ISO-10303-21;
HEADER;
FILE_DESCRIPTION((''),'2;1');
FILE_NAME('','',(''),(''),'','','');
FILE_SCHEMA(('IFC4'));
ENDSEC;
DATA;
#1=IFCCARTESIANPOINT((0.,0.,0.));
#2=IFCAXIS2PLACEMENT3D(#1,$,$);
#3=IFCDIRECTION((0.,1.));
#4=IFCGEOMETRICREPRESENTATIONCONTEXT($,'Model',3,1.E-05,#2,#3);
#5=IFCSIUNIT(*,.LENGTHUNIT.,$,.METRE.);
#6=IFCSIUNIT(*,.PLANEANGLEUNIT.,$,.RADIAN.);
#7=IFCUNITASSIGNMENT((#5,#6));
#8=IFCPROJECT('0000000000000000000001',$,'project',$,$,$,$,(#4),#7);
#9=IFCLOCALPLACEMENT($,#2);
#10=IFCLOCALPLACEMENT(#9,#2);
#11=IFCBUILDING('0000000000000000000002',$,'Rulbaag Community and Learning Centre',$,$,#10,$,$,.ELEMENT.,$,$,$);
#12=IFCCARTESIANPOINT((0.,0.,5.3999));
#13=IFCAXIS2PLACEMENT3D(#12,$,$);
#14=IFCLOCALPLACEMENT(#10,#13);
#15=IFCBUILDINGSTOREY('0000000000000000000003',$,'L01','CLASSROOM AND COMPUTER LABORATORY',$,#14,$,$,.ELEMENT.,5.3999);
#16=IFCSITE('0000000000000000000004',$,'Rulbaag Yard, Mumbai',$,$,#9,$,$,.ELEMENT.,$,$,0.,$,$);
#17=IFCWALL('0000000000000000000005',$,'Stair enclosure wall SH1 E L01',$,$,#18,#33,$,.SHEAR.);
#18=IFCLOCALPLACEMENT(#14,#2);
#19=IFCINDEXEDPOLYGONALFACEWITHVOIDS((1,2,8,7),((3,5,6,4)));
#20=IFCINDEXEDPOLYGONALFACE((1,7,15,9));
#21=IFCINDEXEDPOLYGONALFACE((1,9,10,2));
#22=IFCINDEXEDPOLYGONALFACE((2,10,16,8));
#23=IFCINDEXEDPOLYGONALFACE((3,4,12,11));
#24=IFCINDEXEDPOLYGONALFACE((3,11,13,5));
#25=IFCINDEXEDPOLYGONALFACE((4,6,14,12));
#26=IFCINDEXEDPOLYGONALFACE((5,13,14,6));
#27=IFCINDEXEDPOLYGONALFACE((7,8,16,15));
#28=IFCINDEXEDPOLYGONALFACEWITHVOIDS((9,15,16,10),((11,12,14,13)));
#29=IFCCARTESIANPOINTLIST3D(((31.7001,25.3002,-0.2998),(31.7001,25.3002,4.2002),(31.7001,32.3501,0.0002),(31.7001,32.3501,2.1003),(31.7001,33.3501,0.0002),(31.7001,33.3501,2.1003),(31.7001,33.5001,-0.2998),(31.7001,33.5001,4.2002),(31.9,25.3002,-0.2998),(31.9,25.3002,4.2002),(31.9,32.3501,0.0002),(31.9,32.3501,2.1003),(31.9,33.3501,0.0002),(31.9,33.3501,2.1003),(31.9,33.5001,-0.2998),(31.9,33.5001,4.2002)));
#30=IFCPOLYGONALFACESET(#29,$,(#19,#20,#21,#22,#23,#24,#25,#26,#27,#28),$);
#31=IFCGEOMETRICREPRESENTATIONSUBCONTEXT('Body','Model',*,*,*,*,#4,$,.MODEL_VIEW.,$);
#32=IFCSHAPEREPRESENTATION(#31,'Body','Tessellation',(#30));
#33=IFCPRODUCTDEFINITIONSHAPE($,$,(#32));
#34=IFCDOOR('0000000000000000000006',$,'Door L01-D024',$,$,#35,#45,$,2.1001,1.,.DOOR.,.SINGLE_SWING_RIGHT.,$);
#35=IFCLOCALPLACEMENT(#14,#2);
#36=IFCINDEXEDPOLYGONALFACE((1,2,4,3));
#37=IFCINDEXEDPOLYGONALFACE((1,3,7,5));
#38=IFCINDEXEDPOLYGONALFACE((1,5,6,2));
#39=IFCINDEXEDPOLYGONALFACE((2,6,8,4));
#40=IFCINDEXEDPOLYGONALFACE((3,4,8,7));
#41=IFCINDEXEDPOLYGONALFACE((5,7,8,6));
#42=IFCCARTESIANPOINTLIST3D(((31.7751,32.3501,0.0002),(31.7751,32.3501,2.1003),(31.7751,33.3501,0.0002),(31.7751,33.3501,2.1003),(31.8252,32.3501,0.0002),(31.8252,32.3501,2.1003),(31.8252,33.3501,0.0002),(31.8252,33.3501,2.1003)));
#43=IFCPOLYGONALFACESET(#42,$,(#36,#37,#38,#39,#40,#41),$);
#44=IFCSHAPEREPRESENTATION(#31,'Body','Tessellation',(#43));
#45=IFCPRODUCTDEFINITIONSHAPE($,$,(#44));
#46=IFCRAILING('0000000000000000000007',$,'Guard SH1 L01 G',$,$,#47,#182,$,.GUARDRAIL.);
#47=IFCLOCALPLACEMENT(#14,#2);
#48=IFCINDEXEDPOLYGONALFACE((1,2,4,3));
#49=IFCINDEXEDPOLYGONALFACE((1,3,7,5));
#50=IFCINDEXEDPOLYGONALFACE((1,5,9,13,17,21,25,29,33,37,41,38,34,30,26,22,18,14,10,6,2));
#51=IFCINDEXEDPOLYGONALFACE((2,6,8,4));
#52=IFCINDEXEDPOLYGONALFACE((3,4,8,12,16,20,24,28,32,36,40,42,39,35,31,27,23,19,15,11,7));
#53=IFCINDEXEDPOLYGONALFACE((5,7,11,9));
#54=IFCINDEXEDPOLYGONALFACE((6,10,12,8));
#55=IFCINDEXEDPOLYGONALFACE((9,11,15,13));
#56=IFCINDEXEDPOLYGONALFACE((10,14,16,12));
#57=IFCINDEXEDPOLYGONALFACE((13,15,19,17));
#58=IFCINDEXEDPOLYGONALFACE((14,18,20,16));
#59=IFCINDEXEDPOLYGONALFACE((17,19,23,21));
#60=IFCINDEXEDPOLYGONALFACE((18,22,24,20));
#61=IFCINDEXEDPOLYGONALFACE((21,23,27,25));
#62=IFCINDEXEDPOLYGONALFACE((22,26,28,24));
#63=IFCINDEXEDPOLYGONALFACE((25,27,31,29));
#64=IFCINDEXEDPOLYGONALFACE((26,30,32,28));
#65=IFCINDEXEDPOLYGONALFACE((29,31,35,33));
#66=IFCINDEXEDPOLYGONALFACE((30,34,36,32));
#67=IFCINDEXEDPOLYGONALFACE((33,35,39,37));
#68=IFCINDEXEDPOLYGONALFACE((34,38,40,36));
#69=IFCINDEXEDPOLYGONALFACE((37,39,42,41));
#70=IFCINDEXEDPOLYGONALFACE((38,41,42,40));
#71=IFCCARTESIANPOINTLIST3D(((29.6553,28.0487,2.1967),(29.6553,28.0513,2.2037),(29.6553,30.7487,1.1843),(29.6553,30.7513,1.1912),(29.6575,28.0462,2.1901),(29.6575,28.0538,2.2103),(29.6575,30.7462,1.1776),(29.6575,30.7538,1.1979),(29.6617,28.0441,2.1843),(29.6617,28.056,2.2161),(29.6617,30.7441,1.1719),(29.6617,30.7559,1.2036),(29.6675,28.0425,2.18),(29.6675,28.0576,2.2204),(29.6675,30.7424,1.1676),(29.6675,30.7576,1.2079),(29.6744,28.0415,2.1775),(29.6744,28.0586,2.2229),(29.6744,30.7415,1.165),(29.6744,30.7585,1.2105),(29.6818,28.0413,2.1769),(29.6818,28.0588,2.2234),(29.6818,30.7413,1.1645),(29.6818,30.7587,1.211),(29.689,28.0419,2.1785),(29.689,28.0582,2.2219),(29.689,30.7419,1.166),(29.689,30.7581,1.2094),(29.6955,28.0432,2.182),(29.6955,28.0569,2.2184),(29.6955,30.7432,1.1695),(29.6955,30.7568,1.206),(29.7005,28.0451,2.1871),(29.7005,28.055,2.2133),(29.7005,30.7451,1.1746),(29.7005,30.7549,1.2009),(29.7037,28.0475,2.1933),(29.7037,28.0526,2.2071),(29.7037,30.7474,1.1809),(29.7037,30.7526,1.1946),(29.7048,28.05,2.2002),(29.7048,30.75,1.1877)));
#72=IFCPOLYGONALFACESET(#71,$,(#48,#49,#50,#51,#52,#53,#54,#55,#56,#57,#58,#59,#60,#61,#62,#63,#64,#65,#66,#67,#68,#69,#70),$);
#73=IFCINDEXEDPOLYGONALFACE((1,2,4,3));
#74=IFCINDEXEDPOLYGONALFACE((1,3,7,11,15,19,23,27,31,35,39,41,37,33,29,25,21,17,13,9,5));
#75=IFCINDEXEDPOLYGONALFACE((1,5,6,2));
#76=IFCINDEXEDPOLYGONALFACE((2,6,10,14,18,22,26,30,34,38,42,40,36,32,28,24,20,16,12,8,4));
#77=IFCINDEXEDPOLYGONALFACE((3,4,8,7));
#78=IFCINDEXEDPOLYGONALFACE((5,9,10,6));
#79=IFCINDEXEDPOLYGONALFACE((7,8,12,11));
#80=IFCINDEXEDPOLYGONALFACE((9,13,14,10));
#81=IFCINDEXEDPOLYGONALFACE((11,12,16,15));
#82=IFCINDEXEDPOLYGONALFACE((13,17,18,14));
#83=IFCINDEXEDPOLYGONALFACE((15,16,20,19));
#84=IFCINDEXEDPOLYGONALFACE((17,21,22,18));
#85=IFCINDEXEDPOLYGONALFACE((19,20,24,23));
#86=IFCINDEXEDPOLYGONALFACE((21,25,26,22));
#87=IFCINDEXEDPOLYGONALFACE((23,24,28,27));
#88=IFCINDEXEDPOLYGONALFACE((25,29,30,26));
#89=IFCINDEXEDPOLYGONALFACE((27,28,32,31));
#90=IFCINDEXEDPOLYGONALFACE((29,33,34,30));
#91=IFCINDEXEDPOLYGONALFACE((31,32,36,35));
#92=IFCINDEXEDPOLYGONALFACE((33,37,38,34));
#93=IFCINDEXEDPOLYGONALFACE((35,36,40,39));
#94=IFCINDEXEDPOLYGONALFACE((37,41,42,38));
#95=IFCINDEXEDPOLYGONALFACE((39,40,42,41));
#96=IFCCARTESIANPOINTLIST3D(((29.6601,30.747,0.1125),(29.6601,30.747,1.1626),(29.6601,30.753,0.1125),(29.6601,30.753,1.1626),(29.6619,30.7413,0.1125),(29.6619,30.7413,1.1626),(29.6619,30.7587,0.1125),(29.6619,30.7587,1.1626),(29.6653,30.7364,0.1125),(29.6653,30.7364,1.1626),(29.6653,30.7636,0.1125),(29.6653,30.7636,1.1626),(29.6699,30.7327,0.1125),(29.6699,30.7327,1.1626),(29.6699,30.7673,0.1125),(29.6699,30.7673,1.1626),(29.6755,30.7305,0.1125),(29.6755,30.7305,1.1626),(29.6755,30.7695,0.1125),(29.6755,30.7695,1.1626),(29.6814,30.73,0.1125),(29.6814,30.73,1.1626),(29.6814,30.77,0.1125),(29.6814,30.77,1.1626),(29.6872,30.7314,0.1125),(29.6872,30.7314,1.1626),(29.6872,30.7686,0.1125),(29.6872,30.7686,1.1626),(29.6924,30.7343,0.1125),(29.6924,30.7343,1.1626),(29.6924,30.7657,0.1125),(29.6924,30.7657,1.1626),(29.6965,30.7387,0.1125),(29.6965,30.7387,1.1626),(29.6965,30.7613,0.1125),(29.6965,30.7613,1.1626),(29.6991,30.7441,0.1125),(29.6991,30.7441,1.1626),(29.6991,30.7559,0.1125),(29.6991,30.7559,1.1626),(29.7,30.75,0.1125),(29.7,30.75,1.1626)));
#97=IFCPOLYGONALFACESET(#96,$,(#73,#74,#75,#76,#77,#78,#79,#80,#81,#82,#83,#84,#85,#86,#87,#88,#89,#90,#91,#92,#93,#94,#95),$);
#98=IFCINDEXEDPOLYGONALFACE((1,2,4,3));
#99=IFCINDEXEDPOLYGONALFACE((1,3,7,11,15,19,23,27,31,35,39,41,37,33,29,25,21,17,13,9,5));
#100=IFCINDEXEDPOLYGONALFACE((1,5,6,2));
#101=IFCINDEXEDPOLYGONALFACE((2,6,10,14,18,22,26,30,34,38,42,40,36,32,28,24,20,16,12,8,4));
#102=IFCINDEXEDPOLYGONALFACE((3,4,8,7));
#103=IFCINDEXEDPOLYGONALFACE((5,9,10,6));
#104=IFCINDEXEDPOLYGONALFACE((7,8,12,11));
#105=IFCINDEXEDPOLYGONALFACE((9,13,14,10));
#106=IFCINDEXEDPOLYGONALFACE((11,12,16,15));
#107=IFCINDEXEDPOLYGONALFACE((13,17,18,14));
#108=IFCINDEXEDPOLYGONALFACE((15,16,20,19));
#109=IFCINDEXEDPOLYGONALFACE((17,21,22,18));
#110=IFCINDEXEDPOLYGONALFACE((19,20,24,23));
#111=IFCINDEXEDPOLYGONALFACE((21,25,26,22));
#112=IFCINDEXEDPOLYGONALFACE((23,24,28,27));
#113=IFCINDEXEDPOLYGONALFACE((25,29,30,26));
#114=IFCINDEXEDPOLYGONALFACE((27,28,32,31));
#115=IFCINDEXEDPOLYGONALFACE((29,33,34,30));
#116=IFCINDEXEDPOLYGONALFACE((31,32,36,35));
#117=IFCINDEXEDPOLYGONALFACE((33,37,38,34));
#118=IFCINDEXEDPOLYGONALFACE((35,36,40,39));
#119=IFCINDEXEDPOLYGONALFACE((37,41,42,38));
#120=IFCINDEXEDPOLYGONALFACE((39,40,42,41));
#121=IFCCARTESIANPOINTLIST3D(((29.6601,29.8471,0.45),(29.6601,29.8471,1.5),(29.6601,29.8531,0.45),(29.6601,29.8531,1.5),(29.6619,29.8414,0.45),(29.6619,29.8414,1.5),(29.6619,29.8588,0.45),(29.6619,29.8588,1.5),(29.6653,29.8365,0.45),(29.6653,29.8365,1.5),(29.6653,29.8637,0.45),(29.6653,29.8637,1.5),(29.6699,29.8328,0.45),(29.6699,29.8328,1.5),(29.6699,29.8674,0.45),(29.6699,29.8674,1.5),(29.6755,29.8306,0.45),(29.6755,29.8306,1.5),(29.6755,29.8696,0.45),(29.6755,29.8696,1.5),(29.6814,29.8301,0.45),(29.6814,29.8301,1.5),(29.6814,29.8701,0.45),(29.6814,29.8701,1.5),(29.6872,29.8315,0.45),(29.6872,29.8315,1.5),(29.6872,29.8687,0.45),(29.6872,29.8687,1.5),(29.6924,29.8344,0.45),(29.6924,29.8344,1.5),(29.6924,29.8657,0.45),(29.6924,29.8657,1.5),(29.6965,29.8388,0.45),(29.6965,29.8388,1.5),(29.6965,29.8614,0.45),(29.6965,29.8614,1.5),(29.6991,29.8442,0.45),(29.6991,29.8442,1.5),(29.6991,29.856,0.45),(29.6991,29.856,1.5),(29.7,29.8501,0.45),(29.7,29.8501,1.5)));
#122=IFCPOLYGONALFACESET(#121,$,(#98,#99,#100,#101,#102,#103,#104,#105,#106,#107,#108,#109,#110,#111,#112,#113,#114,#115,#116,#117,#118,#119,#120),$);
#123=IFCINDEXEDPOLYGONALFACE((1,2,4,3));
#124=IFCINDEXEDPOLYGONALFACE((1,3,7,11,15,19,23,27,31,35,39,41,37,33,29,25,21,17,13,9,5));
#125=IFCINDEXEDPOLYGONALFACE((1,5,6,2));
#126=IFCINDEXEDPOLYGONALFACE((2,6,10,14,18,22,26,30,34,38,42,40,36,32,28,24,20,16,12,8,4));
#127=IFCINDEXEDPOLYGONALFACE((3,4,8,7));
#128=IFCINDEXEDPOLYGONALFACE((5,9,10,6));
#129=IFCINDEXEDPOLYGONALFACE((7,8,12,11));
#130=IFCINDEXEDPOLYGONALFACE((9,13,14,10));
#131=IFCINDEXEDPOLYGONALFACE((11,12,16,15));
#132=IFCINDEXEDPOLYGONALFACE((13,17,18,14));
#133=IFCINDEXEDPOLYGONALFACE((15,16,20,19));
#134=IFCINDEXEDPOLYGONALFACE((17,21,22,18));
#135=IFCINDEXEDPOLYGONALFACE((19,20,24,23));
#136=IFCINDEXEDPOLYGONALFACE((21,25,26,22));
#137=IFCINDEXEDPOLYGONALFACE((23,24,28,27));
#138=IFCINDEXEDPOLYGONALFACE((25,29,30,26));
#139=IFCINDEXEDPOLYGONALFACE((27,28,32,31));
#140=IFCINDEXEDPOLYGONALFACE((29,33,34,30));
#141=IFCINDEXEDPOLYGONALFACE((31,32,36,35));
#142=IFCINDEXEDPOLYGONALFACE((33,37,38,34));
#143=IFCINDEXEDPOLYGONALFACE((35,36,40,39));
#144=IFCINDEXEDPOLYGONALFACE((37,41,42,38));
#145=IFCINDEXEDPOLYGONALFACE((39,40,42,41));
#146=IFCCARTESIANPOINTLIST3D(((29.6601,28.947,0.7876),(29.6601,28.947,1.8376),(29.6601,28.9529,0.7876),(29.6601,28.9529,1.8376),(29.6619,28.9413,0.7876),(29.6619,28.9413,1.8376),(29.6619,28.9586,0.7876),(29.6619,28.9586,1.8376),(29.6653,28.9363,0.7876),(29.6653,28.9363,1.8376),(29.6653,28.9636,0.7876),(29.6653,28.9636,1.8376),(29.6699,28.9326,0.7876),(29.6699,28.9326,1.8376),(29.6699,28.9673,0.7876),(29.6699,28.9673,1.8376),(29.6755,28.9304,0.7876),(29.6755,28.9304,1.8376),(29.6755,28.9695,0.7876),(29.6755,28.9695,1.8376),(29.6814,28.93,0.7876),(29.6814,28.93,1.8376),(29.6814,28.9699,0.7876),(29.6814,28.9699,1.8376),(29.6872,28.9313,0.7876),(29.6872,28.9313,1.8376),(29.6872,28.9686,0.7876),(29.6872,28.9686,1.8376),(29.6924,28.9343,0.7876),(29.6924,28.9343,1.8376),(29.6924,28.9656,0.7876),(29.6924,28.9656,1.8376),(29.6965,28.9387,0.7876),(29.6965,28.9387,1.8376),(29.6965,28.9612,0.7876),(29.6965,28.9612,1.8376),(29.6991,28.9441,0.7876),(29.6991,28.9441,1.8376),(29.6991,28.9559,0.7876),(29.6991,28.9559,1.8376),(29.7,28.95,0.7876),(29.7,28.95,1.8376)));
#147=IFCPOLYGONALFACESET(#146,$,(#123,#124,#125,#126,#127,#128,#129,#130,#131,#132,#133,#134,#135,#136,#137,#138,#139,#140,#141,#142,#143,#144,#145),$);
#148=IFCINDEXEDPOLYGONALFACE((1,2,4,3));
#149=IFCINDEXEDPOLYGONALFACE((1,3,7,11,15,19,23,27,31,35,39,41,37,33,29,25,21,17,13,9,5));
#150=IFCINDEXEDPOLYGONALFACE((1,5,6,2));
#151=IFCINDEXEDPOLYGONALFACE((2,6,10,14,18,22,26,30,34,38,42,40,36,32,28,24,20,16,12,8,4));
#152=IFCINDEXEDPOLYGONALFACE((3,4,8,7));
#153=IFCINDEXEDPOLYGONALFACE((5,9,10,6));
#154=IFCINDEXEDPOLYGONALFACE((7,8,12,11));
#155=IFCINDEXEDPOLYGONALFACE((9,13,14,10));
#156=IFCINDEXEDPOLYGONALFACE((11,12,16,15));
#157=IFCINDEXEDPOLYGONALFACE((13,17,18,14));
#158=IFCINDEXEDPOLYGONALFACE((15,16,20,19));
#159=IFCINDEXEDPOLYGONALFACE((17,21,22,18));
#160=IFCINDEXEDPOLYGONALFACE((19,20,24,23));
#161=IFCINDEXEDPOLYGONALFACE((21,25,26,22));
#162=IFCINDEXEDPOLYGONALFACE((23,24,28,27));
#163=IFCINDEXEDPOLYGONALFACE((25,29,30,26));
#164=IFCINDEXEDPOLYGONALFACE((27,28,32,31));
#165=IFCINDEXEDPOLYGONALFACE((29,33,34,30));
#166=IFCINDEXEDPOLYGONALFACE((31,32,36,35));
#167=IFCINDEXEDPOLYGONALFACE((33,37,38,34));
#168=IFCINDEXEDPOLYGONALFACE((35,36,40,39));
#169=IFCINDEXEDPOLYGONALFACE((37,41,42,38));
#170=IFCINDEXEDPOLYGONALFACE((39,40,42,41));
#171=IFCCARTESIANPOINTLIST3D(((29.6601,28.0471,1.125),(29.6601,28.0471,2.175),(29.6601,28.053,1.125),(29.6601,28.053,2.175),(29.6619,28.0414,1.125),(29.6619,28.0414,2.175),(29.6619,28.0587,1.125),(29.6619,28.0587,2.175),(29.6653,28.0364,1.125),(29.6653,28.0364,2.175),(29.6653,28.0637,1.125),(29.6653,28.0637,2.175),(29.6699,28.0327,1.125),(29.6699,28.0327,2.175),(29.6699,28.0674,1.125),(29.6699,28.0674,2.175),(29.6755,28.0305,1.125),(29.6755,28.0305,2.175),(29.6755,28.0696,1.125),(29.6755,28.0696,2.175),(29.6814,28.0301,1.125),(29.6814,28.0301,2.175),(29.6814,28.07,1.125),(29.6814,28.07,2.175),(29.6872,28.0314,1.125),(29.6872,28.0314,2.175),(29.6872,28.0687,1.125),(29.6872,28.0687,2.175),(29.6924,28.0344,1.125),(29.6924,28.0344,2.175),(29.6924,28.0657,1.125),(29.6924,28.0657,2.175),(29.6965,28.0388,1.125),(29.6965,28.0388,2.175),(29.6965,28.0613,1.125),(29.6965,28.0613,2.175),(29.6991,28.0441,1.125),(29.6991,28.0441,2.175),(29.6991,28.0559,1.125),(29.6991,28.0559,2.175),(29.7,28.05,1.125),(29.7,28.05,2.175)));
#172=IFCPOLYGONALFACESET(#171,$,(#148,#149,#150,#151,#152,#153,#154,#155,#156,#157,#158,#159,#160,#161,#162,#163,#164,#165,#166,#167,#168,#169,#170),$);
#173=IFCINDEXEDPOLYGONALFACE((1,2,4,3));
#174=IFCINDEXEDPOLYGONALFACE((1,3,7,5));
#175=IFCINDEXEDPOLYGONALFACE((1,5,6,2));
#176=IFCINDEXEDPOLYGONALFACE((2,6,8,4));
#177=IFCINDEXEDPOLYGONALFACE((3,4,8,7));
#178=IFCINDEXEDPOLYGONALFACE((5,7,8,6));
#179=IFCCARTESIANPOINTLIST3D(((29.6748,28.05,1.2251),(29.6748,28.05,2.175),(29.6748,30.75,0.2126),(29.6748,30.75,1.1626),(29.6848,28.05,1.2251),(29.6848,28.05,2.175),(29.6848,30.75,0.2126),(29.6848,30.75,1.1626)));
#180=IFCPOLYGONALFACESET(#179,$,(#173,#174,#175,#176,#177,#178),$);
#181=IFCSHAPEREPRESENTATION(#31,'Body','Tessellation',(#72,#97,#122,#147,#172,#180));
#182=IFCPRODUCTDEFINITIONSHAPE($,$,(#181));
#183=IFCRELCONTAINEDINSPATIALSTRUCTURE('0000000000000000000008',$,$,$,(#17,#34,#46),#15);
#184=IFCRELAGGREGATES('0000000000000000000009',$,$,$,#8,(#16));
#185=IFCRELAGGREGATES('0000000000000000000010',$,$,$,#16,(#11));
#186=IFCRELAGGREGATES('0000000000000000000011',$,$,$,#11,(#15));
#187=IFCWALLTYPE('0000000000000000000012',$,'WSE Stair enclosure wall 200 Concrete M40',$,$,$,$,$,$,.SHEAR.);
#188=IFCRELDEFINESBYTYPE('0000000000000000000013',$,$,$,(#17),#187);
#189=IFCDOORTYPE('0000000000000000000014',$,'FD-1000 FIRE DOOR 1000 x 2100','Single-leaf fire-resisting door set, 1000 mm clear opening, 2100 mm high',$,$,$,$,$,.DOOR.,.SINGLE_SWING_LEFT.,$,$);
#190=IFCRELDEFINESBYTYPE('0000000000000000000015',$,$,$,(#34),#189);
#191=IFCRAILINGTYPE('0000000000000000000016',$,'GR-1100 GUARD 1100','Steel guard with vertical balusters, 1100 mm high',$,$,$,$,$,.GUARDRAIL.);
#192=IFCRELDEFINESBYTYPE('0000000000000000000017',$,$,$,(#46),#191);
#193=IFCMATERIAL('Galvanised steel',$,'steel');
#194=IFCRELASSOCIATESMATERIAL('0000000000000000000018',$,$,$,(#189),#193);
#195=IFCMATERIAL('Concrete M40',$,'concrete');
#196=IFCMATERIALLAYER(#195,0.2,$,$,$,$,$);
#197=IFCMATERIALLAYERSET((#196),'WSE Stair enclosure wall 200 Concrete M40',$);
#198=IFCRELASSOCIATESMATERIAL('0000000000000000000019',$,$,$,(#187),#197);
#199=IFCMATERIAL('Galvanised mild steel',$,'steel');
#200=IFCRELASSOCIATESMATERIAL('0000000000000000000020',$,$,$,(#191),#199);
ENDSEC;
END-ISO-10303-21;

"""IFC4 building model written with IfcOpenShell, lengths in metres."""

from ifc_helpers import new_model, si_unit, direction, frame, frame_2d, origin, origin_2d, place, context, subcontext, project, spatial, polyline, rectangle, circle, outline, extrude, material, layer, layer_set, type_object, element, fill, save


model = new_model("IFC4")

# Units and contexts
model_context = context("Model", 3, precision=1e-05, world=origin(), true_north=direction((0.0, 1.0)))
body_context = subcontext(model_context, "Body", "Model", "MODEL_VIEW")
ifc_project = project(units=[si_unit("LENGTHUNIT", "METRE"), si_unit("PLANEANGLEUNIT", "RADIAN")], contexts=[model_context])

# Site, building, storey
site_placement = place(None, origin())
site = spatial("IfcSite", under=ifc_project, at=site_placement, Name="Rulbaag Yard, Mumbai", CompositionType="ELEMENT", RefElevation=0.0)
building_placement = place(site_placement, origin())
building = spatial("IfcBuilding", under=site, at=building_placement, Name="Rulbaag Community and Learning Centre", CompositionType="ELEMENT")
storey_placement = place(building_placement, frame((0.0, 0.0, 5.3999)))
storey = spatial("IfcBuildingStorey", under=building, at=storey_placement, Name="L01", Description="CLASSROOM AND COMPUTER LABORATORY", CompositionType="ELEMENT", Elevation=5.3999)

# Shared definitions
ifc_material_1 = material(Name="Concrete M40", Category="concrete")

# Shared definitions
ifc_material_2 = material(Name="Galvanised steel", Category="steel")
door_type_1 = type_object("IfcDoorType", Name="FD-1000 FIRE DOOR 1000 x 2100", Description="Single-leaf fire-resisting door set, 1000 mm clear opening, 2100 mm high", OperationType="SINGLE_SWING_LEFT", PredefinedType="DOOR", material=ifc_material_2)

# Shared definitions
ifc_layer_1 = layer(ifc_material_1, 0.2)
ifc_layer_set_1 = layer_set([ifc_layer_1], Name="WSE Stair enclosure wall 200 Concrete M40")
wall_type_1 = type_object("IfcWallType", Name="WSE Stair enclosure wall 200 Concrete M40", PredefinedType="SHEAR", material=ifc_layer_set_1)

# Wall, opening, door
wall_1_placement = place(storey_placement, frame((31.8, 25.3, -0.2998), z_axis=(0.0, 0.0, 1.0), x_axis=(0.0, 1.0, 0.0)))
wall_1 = element("IfcWall", 1, at=wall_1_placement, inside=storey, type_object=wall_type_1, Name="Stair enclosure wall SH1 E L01", PredefinedType="SHEAR", context=body_context, shape_type="SweptSolid", body=[
    extrude(rectangle(XDim=8.2, YDim=0.2, at=frame_2d((4.1001, 0.0))), origin(), (0.0, 0.0, 1.0), 4.5),
])
opening_1_placement = place(wall_1_placement, frame((7.05, 0.0, 0.3)))
opening_1 = element("IfcOpeningElement", 2, at=opening_1_placement, cuts=wall_1, PredefinedType="OPENING", context=body_context, shape_type="SweptSolid", body=[
    extrude(rectangle(XDim=1.0, YDim=2.1001, at=frame_2d((0.5, 1.05))), frame((0.0, 0.1099, 0.0), z_axis=(0.0, -1.0, 0.0), x_axis=(1.0, 0.0, 0.0)), (0.0, 0.0, 1.0), 0.22),
])
door_1_placement = place(opening_1_placement, origin())
door_1 = element("IfcDoor", 3, at=door_1_placement, inside=storey, type_object=door_type_1, Name="Door L01-D024", OperationType="SINGLE_SWING_RIGHT", OverallHeight=2.1001, OverallWidth=1.0, PredefinedType="DOOR", context=body_context, shape_type="SweptSolid", body=[
    extrude(rectangle(XDim=1.0, YDim=2.1001, at=frame_2d((0.5, 1.05))), frame((0.0, 0.0249, 0.0), z_axis=(0.0, -1.0, 0.0), x_axis=(1.0, 0.0, 0.0)), (0.0, 0.0, 1.0), 0.05),
])
fill(opening_1, door_1)

# Railing
ifc_material_3 = material(Name="Galvanised mild steel", Category="steel")
railing_type_1 = type_object("IfcRailingType", Name="GR-1100 GUARD 1100", Description="Steel guard with vertical balusters, 1100 mm high", PredefinedType="GUARDRAIL", material=ifc_material_3)
railing_1_placement = place(storey_placement, frame((29.6799, 30.75, 0.1125)))
element("IfcRailing", 4, at=railing_1_placement, inside=storey, type_object=railing_type_1, Name="Guard SH1 L01 G", PredefinedType="GUARDRAIL", context=body_context, shape_type="SweptSolid", body=[
    extrude(circle(Radius=0.0249, at=origin_2d()), frame((0.0, 0.0, 1.0752), z_axis=(0.0, -0.936333, 0.351114), x_axis=(1.0, 0.0, 0.0)), (0.0, 0.0, 1.0), 2.8835),
    extrude(circle(Radius=0.02, at=origin_2d()), origin(), (0.0, 0.0, 1.0), 1.05),
    extrude(circle(Radius=0.02, at=origin_2d()), frame((0.0, -0.8999, 0.3374)), (0.0, 0.0, 1.0), 1.05),
    extrude(circle(Radius=0.02, at=origin_2d()), frame((0.0, -1.8, 0.675)), (0.0, 0.0, 1.0), 1.05),
    extrude(circle(Radius=0.02, at=origin_2d()), frame((0.0, -2.7, 1.0125)), (0.0, 0.0, 1.0), 1.05),
    extrude(outline(polyline([(0.0, 0.0), (2.7, 1.0125), (2.7, 1.9624), (0.0, 0.95), (0.0, 0.0)])), frame((0.0049, 0.0, 0.1001), z_axis=(-1.0, 0.0, 0.0), x_axis=(0.0, -1.0, 0.0)), (0.0, 0.0, 1.0), 0.01),
])

save(model, "model.ifc")
